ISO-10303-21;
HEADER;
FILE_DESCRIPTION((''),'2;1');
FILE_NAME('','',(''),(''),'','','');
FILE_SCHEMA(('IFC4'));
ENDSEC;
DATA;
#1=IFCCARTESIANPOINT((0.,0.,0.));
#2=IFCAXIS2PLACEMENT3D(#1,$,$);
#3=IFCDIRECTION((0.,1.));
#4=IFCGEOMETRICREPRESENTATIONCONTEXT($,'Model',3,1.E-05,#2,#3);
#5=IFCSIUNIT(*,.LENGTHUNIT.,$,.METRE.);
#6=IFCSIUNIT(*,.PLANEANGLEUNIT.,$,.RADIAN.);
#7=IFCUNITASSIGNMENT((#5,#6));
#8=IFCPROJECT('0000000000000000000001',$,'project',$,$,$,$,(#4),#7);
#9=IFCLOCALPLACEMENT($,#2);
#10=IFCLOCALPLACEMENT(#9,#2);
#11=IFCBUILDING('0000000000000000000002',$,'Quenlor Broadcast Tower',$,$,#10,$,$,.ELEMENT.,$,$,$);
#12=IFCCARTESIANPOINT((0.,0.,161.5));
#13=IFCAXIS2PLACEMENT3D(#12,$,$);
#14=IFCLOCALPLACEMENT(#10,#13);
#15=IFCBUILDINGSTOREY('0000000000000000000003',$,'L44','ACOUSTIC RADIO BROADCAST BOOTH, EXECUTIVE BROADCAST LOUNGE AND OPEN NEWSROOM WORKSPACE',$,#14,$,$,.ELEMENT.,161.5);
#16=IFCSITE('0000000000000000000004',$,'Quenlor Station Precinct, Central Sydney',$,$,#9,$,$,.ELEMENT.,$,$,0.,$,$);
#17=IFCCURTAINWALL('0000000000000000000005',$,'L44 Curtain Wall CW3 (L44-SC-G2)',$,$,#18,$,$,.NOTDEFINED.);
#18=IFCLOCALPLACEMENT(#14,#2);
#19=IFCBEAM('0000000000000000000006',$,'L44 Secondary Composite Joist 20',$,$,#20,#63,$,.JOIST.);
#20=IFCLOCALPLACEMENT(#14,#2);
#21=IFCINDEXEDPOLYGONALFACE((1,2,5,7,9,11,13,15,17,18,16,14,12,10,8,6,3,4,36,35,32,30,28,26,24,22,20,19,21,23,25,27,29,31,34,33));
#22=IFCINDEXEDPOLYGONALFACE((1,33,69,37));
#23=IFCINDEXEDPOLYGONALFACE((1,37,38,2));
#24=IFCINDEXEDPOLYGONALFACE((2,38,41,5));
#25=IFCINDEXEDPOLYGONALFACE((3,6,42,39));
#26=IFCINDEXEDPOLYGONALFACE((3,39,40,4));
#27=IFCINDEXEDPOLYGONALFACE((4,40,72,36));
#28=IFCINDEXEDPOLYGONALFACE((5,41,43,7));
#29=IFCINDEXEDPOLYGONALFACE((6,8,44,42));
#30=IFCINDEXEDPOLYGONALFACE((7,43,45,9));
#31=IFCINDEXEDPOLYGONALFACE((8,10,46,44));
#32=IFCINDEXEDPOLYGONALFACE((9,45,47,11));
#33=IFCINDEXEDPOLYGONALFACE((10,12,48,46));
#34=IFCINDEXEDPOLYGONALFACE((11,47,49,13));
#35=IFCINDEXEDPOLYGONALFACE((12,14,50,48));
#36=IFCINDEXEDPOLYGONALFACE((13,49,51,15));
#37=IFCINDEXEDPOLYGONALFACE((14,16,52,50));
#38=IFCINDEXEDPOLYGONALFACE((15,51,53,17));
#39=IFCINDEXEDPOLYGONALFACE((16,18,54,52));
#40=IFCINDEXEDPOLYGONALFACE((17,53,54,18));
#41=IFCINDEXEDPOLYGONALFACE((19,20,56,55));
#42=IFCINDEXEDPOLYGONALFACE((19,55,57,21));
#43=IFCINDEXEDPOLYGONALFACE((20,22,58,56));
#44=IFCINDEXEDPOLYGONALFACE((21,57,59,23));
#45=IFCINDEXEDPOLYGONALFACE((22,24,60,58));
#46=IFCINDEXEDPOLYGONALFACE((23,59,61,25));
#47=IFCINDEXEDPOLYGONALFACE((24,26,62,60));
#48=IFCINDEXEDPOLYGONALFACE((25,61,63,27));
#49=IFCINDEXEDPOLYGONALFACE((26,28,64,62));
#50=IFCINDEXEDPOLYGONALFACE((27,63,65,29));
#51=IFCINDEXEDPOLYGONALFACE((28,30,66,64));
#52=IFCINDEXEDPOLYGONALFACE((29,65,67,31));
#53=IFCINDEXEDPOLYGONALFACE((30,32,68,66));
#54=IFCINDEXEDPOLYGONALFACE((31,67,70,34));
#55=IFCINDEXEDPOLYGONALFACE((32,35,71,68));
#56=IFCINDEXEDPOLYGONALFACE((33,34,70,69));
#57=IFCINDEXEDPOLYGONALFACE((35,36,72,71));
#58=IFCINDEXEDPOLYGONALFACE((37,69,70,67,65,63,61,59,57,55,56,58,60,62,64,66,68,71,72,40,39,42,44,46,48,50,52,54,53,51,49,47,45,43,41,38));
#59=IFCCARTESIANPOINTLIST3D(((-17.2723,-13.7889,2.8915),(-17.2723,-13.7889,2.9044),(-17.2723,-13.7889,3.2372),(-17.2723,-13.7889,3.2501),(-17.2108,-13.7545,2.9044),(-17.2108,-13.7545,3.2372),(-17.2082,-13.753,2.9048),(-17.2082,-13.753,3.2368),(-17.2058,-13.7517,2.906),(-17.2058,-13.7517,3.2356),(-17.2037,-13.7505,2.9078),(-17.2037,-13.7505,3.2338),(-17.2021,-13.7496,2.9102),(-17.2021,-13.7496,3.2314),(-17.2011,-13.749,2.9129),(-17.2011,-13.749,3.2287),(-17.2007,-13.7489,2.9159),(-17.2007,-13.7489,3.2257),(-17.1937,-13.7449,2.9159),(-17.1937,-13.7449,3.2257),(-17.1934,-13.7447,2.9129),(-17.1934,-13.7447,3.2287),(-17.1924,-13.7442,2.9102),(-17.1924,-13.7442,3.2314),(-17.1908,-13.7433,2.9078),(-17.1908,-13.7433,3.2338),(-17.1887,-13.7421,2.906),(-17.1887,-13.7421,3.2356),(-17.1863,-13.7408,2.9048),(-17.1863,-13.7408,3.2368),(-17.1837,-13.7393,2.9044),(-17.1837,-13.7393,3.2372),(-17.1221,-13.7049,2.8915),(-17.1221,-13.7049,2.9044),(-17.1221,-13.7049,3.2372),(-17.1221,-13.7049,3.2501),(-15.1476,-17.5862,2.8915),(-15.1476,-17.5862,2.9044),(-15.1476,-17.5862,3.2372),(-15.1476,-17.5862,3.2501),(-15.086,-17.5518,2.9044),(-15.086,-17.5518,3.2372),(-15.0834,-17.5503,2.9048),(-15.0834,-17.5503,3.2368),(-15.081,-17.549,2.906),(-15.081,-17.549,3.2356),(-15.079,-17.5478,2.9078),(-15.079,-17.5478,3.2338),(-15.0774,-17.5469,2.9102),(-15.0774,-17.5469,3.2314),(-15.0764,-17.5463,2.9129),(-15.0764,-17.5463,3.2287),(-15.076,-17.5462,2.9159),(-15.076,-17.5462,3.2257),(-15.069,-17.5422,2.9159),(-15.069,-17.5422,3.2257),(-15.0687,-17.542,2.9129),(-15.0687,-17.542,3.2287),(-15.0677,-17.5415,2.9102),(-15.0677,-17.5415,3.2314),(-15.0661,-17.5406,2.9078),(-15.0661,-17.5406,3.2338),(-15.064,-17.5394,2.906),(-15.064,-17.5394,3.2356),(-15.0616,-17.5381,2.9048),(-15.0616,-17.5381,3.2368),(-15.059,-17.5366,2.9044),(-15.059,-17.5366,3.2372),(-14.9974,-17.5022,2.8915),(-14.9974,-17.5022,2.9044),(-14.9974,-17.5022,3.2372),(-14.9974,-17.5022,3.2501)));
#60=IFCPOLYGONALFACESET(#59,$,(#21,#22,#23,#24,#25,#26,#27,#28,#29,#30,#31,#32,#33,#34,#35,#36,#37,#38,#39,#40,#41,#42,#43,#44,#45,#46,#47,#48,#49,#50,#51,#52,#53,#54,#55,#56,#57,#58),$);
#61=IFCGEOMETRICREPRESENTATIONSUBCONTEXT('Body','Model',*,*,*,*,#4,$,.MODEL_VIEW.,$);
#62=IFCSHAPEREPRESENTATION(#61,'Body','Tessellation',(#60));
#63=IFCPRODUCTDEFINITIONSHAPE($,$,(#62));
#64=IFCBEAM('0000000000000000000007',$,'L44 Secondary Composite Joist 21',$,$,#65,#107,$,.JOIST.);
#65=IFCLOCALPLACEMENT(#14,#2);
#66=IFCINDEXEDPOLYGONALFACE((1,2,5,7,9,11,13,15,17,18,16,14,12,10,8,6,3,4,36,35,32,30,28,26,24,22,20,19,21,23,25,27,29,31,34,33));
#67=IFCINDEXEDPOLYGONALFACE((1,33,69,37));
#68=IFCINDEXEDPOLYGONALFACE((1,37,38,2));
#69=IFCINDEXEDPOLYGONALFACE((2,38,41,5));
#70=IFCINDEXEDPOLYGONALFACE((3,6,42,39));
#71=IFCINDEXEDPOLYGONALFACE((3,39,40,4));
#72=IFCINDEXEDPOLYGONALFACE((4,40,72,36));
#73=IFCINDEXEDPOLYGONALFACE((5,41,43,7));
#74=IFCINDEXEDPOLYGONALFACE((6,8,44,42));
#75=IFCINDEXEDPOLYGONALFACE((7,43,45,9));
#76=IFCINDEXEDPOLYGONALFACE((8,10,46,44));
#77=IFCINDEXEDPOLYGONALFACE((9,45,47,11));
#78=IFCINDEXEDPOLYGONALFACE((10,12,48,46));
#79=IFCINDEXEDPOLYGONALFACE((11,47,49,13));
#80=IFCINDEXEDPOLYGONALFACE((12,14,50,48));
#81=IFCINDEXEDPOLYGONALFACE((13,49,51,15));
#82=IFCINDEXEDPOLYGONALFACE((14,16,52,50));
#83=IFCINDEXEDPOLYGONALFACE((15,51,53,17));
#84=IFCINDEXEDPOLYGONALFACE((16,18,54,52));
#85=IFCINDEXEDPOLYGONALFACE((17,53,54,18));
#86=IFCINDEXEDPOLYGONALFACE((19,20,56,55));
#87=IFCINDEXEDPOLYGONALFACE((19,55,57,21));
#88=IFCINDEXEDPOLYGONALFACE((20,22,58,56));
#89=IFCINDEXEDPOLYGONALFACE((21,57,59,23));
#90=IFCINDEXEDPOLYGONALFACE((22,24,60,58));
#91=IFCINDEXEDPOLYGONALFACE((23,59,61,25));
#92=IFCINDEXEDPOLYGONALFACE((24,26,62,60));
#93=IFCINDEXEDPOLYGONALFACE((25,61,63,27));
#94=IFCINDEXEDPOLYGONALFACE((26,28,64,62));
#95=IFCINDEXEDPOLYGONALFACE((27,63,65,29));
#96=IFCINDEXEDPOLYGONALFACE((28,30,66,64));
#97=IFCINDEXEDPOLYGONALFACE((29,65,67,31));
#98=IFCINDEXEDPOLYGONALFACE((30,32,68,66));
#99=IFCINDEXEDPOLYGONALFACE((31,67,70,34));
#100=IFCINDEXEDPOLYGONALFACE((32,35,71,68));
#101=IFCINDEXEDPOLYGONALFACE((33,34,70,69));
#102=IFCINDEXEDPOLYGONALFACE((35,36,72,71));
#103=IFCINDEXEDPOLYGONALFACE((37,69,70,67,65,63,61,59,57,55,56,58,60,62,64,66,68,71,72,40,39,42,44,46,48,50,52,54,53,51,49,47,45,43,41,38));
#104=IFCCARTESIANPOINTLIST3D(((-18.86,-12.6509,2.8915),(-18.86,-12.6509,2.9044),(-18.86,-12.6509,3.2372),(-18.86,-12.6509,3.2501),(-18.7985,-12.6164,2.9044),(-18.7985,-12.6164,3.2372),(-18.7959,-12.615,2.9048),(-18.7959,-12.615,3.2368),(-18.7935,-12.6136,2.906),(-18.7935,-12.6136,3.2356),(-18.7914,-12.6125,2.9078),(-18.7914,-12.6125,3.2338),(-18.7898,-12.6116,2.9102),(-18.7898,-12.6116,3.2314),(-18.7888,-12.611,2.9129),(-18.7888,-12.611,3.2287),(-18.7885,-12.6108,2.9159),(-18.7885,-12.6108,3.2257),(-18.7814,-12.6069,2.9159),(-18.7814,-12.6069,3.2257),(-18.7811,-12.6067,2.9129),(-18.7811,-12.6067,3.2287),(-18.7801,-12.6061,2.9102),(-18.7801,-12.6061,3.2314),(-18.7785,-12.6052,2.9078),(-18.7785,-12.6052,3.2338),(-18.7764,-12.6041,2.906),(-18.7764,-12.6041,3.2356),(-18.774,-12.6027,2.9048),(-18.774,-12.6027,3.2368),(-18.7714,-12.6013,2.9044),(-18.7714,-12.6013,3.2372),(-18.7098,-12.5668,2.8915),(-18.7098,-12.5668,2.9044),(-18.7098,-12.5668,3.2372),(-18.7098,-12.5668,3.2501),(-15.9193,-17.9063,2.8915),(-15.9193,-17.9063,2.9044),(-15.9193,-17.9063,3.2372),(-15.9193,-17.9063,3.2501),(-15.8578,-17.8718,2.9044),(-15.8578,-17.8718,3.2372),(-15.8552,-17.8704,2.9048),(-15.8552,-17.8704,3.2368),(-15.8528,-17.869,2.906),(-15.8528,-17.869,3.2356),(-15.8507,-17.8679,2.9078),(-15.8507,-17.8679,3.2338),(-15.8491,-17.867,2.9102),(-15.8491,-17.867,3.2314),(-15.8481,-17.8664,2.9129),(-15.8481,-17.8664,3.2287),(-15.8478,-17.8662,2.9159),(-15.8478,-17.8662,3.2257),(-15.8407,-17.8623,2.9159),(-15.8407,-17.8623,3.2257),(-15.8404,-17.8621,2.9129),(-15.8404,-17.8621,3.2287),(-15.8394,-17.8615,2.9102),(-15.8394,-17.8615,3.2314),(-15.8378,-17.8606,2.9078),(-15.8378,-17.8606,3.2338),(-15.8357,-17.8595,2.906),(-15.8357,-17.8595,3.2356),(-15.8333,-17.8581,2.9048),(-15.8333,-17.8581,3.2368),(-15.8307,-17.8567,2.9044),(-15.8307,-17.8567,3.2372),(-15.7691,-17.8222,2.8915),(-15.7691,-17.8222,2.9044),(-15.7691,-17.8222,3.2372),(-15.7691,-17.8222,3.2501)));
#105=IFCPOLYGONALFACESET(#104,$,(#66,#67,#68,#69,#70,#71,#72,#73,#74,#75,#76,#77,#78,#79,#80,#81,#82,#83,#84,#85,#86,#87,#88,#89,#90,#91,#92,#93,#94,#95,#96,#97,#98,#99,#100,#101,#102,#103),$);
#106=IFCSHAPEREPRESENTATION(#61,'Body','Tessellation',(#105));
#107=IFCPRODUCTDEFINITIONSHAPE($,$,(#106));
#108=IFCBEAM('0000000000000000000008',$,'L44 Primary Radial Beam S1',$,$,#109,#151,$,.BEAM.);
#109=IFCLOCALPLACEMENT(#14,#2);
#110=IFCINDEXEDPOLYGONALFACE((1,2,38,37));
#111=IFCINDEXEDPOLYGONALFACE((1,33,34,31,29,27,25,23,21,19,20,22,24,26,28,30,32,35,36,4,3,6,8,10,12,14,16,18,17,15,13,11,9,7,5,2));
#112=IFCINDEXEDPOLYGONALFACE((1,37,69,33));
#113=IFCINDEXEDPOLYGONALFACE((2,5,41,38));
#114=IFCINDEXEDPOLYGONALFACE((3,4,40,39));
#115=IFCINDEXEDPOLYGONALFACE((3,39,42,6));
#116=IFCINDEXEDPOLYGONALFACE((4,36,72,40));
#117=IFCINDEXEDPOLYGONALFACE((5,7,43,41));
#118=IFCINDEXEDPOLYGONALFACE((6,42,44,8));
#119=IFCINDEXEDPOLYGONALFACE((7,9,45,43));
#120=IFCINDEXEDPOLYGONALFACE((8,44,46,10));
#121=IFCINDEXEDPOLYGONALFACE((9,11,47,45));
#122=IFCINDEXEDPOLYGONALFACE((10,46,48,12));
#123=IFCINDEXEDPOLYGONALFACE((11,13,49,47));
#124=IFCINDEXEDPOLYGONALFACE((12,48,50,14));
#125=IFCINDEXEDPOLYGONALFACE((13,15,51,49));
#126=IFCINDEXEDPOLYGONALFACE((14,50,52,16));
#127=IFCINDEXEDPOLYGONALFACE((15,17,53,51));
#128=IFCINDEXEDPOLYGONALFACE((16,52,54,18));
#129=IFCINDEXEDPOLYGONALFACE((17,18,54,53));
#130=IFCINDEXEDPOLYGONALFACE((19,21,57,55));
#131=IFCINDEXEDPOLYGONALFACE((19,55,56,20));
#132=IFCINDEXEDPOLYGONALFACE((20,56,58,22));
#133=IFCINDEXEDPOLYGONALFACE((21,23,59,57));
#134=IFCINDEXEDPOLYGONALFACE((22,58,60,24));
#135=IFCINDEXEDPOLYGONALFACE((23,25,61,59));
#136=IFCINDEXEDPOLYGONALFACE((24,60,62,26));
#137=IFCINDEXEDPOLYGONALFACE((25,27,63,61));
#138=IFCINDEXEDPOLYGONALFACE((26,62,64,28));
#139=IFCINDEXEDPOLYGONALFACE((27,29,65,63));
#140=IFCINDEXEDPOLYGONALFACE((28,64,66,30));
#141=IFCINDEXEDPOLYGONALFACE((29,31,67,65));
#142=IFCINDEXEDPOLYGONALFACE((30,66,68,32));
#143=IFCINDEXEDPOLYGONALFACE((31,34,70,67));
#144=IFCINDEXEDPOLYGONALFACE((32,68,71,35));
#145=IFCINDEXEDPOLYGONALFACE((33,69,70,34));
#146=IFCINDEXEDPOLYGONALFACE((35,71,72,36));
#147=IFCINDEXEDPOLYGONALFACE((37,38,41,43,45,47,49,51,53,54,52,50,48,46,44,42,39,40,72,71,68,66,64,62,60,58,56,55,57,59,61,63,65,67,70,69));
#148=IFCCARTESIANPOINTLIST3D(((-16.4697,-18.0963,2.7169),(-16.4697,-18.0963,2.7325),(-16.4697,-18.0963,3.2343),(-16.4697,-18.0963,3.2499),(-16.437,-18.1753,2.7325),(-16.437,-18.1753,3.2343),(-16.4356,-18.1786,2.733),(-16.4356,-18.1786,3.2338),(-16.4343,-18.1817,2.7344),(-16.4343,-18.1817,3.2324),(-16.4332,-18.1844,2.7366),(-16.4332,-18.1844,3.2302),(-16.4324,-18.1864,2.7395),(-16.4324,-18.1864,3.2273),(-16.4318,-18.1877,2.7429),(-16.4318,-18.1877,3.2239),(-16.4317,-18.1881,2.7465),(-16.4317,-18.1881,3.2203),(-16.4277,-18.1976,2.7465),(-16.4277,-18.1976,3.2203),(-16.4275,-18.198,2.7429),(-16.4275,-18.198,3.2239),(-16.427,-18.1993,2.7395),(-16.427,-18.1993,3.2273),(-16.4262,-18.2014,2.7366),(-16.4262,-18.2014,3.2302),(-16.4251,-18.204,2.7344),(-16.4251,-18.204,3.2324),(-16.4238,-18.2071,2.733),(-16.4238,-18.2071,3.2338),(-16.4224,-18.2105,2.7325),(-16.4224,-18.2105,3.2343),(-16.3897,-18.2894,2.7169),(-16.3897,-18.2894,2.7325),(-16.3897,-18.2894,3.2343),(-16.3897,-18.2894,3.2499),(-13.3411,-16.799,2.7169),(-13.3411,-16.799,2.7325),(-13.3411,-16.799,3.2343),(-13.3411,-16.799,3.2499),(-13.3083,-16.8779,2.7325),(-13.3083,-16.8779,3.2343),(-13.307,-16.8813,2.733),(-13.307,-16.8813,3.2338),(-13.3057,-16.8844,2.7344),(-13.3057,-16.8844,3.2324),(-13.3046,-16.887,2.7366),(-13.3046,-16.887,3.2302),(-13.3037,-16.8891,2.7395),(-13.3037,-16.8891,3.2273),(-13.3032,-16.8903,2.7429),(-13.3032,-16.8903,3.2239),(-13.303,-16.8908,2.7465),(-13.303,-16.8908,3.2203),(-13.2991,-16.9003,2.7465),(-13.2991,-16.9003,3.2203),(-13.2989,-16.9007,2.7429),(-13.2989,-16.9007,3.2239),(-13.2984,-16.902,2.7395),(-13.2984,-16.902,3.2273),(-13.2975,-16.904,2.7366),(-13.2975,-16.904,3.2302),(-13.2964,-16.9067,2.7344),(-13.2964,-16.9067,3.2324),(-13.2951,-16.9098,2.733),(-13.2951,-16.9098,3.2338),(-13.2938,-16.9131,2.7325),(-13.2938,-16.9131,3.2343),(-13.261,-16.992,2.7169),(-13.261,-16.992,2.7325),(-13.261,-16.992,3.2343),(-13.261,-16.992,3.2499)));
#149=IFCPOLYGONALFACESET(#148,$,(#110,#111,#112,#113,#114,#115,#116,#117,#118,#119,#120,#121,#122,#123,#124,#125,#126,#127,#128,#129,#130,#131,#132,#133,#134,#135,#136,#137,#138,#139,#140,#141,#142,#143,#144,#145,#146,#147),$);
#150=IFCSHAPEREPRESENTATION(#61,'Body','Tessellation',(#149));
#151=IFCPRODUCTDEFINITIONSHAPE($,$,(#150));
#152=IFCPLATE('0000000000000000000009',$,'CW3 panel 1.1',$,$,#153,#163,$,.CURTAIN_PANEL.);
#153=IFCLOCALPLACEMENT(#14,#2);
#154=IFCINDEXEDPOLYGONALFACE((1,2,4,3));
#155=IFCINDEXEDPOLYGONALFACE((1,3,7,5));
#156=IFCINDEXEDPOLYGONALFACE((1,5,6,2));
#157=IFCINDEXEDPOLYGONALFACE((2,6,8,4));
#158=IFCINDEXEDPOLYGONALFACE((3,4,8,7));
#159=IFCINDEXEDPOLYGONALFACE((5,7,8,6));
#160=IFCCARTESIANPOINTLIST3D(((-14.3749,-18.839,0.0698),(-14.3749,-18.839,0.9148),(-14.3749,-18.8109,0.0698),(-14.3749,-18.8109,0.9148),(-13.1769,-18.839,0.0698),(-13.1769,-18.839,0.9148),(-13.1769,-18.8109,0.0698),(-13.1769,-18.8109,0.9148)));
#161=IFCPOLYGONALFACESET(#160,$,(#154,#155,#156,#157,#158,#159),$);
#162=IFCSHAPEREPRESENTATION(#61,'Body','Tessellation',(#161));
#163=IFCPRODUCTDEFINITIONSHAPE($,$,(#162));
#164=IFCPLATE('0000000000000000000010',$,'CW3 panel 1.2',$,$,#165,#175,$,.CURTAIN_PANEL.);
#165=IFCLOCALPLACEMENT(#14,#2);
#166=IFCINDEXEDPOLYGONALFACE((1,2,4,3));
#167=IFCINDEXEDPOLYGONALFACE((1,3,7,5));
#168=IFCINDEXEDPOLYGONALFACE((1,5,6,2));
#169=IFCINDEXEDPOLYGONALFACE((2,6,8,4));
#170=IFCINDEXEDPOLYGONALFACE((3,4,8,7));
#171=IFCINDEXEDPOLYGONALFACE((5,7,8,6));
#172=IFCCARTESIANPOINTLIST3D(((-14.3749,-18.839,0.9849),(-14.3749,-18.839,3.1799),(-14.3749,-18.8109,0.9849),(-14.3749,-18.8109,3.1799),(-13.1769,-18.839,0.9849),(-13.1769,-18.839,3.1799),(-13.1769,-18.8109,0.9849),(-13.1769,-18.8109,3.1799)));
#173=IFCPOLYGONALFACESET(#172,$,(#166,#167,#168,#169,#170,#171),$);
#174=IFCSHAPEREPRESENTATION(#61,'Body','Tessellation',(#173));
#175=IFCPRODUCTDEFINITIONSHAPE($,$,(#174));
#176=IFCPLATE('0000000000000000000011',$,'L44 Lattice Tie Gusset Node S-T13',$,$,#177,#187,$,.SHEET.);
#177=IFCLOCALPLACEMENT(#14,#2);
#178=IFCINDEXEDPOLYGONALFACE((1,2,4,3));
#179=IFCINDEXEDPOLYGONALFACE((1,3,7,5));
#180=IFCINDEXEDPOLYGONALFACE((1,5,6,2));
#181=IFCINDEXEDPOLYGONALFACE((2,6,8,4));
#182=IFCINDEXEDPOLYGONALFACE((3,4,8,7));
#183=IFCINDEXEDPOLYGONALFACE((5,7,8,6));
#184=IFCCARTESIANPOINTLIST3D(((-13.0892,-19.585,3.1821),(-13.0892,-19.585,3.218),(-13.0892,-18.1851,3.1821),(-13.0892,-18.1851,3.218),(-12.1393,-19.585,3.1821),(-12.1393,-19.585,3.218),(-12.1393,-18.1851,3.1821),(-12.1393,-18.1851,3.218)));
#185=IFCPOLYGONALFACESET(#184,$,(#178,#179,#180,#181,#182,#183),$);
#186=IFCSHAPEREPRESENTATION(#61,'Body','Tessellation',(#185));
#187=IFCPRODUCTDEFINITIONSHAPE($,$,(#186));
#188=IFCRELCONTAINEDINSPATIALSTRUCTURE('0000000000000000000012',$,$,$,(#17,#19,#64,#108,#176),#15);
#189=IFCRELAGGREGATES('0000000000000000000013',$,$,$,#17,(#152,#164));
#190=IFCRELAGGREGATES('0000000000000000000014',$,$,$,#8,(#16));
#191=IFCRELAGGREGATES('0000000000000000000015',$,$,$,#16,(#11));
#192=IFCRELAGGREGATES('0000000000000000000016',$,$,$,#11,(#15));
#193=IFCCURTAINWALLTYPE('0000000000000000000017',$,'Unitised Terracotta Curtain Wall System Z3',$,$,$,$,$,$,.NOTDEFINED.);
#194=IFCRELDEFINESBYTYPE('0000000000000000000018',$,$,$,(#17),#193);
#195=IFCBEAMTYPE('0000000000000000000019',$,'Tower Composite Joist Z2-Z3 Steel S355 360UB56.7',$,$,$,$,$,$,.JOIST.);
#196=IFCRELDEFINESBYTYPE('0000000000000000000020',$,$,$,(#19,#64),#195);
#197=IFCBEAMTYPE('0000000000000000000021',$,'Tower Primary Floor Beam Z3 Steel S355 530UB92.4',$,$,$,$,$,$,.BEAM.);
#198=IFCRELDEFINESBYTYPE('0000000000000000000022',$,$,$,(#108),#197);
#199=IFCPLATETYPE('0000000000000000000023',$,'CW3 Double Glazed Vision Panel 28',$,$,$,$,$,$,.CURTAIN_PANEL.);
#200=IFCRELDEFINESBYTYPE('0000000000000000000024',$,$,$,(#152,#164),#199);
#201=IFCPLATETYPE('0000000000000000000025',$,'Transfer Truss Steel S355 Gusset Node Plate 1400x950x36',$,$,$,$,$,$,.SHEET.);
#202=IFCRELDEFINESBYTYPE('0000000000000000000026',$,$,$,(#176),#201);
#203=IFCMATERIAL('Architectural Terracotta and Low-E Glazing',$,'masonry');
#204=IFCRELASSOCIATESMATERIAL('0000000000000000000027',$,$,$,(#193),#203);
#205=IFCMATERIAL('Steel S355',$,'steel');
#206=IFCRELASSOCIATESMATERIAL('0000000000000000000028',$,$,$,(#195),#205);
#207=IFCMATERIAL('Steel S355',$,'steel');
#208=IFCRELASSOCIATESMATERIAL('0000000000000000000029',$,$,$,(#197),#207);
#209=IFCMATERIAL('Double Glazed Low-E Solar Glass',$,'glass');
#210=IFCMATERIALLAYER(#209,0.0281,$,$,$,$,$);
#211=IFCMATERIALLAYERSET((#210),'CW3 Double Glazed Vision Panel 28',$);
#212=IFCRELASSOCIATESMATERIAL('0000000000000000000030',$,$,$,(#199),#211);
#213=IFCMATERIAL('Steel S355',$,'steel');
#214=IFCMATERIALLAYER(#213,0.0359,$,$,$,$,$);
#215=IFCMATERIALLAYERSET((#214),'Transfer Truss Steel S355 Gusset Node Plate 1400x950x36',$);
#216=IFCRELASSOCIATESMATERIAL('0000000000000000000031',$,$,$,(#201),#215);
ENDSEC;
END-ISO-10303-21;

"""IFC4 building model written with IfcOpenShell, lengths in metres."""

from ifc_helpers import new_model, si_unit, direction, frame, origin, origin_2d, place, context, subcontext, project, spatial, rectangle, i_section, extrude, material, layer, layer_set, material_profile, profile_set, type_object, element, aggregate, save


model = new_model("IFC4")

# Units and contexts
model_context = context("Model", 3, precision=1e-05, world=origin(), true_north=direction((0.0, 1.0)))
body_context = subcontext(model_context, "Body", "Model", "MODEL_VIEW")
ifc_project = project(units=[si_unit("LENGTHUNIT", "METRE"), si_unit("PLANEANGLEUNIT", "RADIAN")], contexts=[model_context])

# Site, building, storey
site_placement = place(None, origin())
site = spatial("IfcSite", under=ifc_project, at=site_placement, Name="Quenlor Station Precinct, Central Sydney", CompositionType="ELEMENT", RefElevation=0.0)
building_placement = place(site_placement, origin())
building = spatial("IfcBuilding", under=site, at=building_placement, Name="Quenlor Broadcast Tower", CompositionType="ELEMENT")
storey_placement = place(building_placement, frame((0.0, 0.0, 161.5)))
storey = spatial("IfcBuildingStorey", under=building, at=storey_placement, Name="L44", Description="ACOUSTIC RADIO BROADCAST BOOTH, EXECUTIVE BROADCAST LOUNGE AND OPEN NEWSROOM WORKSPACE", CompositionType="ELEMENT", Elevation=161.5)

# Curtain wall
ifc_material_1 = material(Name="Architectural Terracotta and Low-E Glazing", Category="masonry")
curtain_wall_type = type_object("IfcCurtainWallType", Name="Unitised Terracotta Curtain Wall System Z3", PredefinedType="NOTDEFINED", material=ifc_material_1)
curtain_wall_placement = place(storey_placement, origin())
curtain_wall = element("IfcCurtainWall", 1, at=curtain_wall_placement, inside=storey, type_object=curtain_wall_type, Name="L44 Curtain Wall CW3 (L44-SC-G2)", PredefinedType="NOTDEFINED")

# Beams
ifc_material_2 = material(Name="Steel S355", Category="steel")
ifc_material_profile_1 = material_profile(ifc_material_2, i_section(OverallWidth=0.1721, OverallDepth=0.3586, WebThickness=0.0081, FlangeThickness=0.0129, FilletRadius=0.0115, at=origin_2d()))
ifc_profile_set_1 = profile_set([ifc_material_profile_1], Name="Steel S355 360UB56.7")
beam_type_1 = type_object("IfcBeamType", Name="Tower Composite Joist Z2-Z3 Steel S355 360UB56.7", PredefinedType="JOIST", material=ifc_profile_set_1)
beam_1_placement = place(storey_placement, frame((-15.0725, -17.5442, 3.0708), z_axis=(-0.488294, 0.872679, 0.0), x_axis=(-0.872679, -0.488294, 0.0)))
element("IfcBeam", 2, at=beam_1_placement, inside=storey, type_object=beam_type_1, Name="L44 Secondary Composite Joist 20", PredefinedType="JOIST", context=body_context, shape_type="SweptSolid", body=[
    extrude(i_section(OverallWidth=0.1721, OverallDepth=0.3586, WebThickness=0.0081, FlangeThickness=0.0129, FilletRadius=0.0115, at=origin_2d()), origin(), (0.0, 0.0, 1.0), 4.3513),
])
beam_2_placement = place(storey_placement, frame((-15.8442, -17.8643, 3.0708), z_axis=(-0.488308, 0.872671, 0.0), x_axis=(-0.872671, -0.488308, 0.0)))
element("IfcBeam", 3, at=beam_2_placement, inside=storey, type_object=beam_type_1, Name="L44 Secondary Composite Joist 21", PredefinedType="JOIST", context=body_context, shape_type="SweptSolid", body=[
    extrude(i_section(OverallWidth=0.1721, OverallDepth=0.3586, WebThickness=0.0081, FlangeThickness=0.0129, FilletRadius=0.0115, at=origin_2d()), origin(), (0.0, 0.0, 1.0), 6.0222),
])
ifc_material_3 = material(Name="Steel S355", Category="steel")
ifc_material_profile_2 = material_profile(ifc_material_3, i_section(OverallWidth=0.209, OverallDepth=0.533, WebThickness=0.0103, FlangeThickness=0.0156, FilletRadius=0.0139, at=origin_2d()))
ifc_profile_set_2 = profile_set([ifc_material_profile_2], Name="Steel S355 530UB92.4")
beam_type_2 = type_object("IfcBeamType", Name="Tower Primary Floor Beam Z3 Steel S355 530UB92.4", PredefinedType="BEAM", material=ifc_profile_set_2)
beam_3_placement = place(storey_placement, frame((-16.4297, -18.1929, 2.9834), z_axis=(0.92373, 0.383044, 0.0), x_axis=(-0.383044, 0.92373, 0.0)))
element("IfcBeam", 4, at=beam_3_placement, inside=storey, type_object=beam_type_2, Name="L44 Primary Radial Beam S1", PredefinedType="BEAM", context=body_context, shape_type="SweptSolid", body=[
    extrude(i_section(OverallWidth=0.209, OverallDepth=0.533, WebThickness=0.0103, FlangeThickness=0.0156, FilletRadius=0.0139, at=origin_2d()), origin(), (0.0, 0.0, 1.0), 3.387),
])

# Plates
ifc_material_4 = material(Name="Double Glazed Low-E Solar Glass", Category="glass")
ifc_layer_1 = layer(ifc_material_4, 0.0281)
ifc_layer_set_1 = layer_set([ifc_layer_1], Name="CW3 Double Glazed Vision Panel 28")
plate_type_1 = type_object("IfcPlateType", Name="CW3 Double Glazed Vision Panel 28", PredefinedType="CURTAIN_PANEL", material=ifc_layer_set_1)
plate_1_placement = place(storey_placement, frame((-13.7759, -18.825, 0.0698), z_axis=(0.0, 0.0, 1.0), x_axis=(-1.0, 0.0, 0.0)))
plate_1 = element("IfcPlate", 5, at=plate_1_placement, type_object=plate_type_1, Name="CW3 panel 1.1", PredefinedType="CURTAIN_PANEL", context=body_context, shape_type="SweptSolid", body=[
    extrude(rectangle(XDim=1.198, YDim=0.0281, at=origin_2d()), origin(), (0.0, 0.0, 1.0), 0.845),
])
plate_2_placement = place(storey_placement, frame((-13.7759, -18.825, 0.9849), z_axis=(0.0, 0.0, 1.0), x_axis=(-1.0, 0.0, 0.0)))
plate_2 = element("IfcPlate", 6, at=plate_2_placement, type_object=plate_type_1, Name="CW3 panel 1.2", PredefinedType="CURTAIN_PANEL", context=body_context, shape_type="SweptSolid", body=[
    extrude(rectangle(XDim=1.198, YDim=0.0281, at=origin_2d()), origin(), (0.0, 0.0, 1.0), 2.1951),
])
aggregate(curtain_wall, [plate_1, plate_2])

# Plate
ifc_material_5 = material(Name="Steel S355", Category="steel")
ifc_layer_2 = layer(ifc_material_5, 0.0359)
ifc_layer_set_2 = layer_set([ifc_layer_2], Name="Transfer Truss Steel S355 Gusset Node Plate 1400x950x36")
plate_type_2 = type_object("IfcPlateType", Name="Transfer Truss Steel S355 Gusset Node Plate 1400x950x36", PredefinedType="SHEET", material=ifc_layer_set_2)
for number, where, z_axis, x_axis, name in (
    (7, (-12.6143, -18.885, 3.1821), (0.0, 0.0, 1.0), (0.0, -1.0, 0.0), "L44 Lattice Tie Gusset Node S-T13"),
):
    element("IfcPlate", number, at=place(storey_placement, frame(where, z_axis=z_axis, x_axis=x_axis)), inside=storey, type_object=plate_type_2, Name=name, PredefinedType="SHEET", context=body_context, shape_type="SweptSolid", body=[
        extrude(rectangle(XDim=1.3999, YDim=0.95, at=origin_2d()), origin(), (0.0, 0.0, 1.0), 0.0359),
    ])

save(model, "model.ifc")
